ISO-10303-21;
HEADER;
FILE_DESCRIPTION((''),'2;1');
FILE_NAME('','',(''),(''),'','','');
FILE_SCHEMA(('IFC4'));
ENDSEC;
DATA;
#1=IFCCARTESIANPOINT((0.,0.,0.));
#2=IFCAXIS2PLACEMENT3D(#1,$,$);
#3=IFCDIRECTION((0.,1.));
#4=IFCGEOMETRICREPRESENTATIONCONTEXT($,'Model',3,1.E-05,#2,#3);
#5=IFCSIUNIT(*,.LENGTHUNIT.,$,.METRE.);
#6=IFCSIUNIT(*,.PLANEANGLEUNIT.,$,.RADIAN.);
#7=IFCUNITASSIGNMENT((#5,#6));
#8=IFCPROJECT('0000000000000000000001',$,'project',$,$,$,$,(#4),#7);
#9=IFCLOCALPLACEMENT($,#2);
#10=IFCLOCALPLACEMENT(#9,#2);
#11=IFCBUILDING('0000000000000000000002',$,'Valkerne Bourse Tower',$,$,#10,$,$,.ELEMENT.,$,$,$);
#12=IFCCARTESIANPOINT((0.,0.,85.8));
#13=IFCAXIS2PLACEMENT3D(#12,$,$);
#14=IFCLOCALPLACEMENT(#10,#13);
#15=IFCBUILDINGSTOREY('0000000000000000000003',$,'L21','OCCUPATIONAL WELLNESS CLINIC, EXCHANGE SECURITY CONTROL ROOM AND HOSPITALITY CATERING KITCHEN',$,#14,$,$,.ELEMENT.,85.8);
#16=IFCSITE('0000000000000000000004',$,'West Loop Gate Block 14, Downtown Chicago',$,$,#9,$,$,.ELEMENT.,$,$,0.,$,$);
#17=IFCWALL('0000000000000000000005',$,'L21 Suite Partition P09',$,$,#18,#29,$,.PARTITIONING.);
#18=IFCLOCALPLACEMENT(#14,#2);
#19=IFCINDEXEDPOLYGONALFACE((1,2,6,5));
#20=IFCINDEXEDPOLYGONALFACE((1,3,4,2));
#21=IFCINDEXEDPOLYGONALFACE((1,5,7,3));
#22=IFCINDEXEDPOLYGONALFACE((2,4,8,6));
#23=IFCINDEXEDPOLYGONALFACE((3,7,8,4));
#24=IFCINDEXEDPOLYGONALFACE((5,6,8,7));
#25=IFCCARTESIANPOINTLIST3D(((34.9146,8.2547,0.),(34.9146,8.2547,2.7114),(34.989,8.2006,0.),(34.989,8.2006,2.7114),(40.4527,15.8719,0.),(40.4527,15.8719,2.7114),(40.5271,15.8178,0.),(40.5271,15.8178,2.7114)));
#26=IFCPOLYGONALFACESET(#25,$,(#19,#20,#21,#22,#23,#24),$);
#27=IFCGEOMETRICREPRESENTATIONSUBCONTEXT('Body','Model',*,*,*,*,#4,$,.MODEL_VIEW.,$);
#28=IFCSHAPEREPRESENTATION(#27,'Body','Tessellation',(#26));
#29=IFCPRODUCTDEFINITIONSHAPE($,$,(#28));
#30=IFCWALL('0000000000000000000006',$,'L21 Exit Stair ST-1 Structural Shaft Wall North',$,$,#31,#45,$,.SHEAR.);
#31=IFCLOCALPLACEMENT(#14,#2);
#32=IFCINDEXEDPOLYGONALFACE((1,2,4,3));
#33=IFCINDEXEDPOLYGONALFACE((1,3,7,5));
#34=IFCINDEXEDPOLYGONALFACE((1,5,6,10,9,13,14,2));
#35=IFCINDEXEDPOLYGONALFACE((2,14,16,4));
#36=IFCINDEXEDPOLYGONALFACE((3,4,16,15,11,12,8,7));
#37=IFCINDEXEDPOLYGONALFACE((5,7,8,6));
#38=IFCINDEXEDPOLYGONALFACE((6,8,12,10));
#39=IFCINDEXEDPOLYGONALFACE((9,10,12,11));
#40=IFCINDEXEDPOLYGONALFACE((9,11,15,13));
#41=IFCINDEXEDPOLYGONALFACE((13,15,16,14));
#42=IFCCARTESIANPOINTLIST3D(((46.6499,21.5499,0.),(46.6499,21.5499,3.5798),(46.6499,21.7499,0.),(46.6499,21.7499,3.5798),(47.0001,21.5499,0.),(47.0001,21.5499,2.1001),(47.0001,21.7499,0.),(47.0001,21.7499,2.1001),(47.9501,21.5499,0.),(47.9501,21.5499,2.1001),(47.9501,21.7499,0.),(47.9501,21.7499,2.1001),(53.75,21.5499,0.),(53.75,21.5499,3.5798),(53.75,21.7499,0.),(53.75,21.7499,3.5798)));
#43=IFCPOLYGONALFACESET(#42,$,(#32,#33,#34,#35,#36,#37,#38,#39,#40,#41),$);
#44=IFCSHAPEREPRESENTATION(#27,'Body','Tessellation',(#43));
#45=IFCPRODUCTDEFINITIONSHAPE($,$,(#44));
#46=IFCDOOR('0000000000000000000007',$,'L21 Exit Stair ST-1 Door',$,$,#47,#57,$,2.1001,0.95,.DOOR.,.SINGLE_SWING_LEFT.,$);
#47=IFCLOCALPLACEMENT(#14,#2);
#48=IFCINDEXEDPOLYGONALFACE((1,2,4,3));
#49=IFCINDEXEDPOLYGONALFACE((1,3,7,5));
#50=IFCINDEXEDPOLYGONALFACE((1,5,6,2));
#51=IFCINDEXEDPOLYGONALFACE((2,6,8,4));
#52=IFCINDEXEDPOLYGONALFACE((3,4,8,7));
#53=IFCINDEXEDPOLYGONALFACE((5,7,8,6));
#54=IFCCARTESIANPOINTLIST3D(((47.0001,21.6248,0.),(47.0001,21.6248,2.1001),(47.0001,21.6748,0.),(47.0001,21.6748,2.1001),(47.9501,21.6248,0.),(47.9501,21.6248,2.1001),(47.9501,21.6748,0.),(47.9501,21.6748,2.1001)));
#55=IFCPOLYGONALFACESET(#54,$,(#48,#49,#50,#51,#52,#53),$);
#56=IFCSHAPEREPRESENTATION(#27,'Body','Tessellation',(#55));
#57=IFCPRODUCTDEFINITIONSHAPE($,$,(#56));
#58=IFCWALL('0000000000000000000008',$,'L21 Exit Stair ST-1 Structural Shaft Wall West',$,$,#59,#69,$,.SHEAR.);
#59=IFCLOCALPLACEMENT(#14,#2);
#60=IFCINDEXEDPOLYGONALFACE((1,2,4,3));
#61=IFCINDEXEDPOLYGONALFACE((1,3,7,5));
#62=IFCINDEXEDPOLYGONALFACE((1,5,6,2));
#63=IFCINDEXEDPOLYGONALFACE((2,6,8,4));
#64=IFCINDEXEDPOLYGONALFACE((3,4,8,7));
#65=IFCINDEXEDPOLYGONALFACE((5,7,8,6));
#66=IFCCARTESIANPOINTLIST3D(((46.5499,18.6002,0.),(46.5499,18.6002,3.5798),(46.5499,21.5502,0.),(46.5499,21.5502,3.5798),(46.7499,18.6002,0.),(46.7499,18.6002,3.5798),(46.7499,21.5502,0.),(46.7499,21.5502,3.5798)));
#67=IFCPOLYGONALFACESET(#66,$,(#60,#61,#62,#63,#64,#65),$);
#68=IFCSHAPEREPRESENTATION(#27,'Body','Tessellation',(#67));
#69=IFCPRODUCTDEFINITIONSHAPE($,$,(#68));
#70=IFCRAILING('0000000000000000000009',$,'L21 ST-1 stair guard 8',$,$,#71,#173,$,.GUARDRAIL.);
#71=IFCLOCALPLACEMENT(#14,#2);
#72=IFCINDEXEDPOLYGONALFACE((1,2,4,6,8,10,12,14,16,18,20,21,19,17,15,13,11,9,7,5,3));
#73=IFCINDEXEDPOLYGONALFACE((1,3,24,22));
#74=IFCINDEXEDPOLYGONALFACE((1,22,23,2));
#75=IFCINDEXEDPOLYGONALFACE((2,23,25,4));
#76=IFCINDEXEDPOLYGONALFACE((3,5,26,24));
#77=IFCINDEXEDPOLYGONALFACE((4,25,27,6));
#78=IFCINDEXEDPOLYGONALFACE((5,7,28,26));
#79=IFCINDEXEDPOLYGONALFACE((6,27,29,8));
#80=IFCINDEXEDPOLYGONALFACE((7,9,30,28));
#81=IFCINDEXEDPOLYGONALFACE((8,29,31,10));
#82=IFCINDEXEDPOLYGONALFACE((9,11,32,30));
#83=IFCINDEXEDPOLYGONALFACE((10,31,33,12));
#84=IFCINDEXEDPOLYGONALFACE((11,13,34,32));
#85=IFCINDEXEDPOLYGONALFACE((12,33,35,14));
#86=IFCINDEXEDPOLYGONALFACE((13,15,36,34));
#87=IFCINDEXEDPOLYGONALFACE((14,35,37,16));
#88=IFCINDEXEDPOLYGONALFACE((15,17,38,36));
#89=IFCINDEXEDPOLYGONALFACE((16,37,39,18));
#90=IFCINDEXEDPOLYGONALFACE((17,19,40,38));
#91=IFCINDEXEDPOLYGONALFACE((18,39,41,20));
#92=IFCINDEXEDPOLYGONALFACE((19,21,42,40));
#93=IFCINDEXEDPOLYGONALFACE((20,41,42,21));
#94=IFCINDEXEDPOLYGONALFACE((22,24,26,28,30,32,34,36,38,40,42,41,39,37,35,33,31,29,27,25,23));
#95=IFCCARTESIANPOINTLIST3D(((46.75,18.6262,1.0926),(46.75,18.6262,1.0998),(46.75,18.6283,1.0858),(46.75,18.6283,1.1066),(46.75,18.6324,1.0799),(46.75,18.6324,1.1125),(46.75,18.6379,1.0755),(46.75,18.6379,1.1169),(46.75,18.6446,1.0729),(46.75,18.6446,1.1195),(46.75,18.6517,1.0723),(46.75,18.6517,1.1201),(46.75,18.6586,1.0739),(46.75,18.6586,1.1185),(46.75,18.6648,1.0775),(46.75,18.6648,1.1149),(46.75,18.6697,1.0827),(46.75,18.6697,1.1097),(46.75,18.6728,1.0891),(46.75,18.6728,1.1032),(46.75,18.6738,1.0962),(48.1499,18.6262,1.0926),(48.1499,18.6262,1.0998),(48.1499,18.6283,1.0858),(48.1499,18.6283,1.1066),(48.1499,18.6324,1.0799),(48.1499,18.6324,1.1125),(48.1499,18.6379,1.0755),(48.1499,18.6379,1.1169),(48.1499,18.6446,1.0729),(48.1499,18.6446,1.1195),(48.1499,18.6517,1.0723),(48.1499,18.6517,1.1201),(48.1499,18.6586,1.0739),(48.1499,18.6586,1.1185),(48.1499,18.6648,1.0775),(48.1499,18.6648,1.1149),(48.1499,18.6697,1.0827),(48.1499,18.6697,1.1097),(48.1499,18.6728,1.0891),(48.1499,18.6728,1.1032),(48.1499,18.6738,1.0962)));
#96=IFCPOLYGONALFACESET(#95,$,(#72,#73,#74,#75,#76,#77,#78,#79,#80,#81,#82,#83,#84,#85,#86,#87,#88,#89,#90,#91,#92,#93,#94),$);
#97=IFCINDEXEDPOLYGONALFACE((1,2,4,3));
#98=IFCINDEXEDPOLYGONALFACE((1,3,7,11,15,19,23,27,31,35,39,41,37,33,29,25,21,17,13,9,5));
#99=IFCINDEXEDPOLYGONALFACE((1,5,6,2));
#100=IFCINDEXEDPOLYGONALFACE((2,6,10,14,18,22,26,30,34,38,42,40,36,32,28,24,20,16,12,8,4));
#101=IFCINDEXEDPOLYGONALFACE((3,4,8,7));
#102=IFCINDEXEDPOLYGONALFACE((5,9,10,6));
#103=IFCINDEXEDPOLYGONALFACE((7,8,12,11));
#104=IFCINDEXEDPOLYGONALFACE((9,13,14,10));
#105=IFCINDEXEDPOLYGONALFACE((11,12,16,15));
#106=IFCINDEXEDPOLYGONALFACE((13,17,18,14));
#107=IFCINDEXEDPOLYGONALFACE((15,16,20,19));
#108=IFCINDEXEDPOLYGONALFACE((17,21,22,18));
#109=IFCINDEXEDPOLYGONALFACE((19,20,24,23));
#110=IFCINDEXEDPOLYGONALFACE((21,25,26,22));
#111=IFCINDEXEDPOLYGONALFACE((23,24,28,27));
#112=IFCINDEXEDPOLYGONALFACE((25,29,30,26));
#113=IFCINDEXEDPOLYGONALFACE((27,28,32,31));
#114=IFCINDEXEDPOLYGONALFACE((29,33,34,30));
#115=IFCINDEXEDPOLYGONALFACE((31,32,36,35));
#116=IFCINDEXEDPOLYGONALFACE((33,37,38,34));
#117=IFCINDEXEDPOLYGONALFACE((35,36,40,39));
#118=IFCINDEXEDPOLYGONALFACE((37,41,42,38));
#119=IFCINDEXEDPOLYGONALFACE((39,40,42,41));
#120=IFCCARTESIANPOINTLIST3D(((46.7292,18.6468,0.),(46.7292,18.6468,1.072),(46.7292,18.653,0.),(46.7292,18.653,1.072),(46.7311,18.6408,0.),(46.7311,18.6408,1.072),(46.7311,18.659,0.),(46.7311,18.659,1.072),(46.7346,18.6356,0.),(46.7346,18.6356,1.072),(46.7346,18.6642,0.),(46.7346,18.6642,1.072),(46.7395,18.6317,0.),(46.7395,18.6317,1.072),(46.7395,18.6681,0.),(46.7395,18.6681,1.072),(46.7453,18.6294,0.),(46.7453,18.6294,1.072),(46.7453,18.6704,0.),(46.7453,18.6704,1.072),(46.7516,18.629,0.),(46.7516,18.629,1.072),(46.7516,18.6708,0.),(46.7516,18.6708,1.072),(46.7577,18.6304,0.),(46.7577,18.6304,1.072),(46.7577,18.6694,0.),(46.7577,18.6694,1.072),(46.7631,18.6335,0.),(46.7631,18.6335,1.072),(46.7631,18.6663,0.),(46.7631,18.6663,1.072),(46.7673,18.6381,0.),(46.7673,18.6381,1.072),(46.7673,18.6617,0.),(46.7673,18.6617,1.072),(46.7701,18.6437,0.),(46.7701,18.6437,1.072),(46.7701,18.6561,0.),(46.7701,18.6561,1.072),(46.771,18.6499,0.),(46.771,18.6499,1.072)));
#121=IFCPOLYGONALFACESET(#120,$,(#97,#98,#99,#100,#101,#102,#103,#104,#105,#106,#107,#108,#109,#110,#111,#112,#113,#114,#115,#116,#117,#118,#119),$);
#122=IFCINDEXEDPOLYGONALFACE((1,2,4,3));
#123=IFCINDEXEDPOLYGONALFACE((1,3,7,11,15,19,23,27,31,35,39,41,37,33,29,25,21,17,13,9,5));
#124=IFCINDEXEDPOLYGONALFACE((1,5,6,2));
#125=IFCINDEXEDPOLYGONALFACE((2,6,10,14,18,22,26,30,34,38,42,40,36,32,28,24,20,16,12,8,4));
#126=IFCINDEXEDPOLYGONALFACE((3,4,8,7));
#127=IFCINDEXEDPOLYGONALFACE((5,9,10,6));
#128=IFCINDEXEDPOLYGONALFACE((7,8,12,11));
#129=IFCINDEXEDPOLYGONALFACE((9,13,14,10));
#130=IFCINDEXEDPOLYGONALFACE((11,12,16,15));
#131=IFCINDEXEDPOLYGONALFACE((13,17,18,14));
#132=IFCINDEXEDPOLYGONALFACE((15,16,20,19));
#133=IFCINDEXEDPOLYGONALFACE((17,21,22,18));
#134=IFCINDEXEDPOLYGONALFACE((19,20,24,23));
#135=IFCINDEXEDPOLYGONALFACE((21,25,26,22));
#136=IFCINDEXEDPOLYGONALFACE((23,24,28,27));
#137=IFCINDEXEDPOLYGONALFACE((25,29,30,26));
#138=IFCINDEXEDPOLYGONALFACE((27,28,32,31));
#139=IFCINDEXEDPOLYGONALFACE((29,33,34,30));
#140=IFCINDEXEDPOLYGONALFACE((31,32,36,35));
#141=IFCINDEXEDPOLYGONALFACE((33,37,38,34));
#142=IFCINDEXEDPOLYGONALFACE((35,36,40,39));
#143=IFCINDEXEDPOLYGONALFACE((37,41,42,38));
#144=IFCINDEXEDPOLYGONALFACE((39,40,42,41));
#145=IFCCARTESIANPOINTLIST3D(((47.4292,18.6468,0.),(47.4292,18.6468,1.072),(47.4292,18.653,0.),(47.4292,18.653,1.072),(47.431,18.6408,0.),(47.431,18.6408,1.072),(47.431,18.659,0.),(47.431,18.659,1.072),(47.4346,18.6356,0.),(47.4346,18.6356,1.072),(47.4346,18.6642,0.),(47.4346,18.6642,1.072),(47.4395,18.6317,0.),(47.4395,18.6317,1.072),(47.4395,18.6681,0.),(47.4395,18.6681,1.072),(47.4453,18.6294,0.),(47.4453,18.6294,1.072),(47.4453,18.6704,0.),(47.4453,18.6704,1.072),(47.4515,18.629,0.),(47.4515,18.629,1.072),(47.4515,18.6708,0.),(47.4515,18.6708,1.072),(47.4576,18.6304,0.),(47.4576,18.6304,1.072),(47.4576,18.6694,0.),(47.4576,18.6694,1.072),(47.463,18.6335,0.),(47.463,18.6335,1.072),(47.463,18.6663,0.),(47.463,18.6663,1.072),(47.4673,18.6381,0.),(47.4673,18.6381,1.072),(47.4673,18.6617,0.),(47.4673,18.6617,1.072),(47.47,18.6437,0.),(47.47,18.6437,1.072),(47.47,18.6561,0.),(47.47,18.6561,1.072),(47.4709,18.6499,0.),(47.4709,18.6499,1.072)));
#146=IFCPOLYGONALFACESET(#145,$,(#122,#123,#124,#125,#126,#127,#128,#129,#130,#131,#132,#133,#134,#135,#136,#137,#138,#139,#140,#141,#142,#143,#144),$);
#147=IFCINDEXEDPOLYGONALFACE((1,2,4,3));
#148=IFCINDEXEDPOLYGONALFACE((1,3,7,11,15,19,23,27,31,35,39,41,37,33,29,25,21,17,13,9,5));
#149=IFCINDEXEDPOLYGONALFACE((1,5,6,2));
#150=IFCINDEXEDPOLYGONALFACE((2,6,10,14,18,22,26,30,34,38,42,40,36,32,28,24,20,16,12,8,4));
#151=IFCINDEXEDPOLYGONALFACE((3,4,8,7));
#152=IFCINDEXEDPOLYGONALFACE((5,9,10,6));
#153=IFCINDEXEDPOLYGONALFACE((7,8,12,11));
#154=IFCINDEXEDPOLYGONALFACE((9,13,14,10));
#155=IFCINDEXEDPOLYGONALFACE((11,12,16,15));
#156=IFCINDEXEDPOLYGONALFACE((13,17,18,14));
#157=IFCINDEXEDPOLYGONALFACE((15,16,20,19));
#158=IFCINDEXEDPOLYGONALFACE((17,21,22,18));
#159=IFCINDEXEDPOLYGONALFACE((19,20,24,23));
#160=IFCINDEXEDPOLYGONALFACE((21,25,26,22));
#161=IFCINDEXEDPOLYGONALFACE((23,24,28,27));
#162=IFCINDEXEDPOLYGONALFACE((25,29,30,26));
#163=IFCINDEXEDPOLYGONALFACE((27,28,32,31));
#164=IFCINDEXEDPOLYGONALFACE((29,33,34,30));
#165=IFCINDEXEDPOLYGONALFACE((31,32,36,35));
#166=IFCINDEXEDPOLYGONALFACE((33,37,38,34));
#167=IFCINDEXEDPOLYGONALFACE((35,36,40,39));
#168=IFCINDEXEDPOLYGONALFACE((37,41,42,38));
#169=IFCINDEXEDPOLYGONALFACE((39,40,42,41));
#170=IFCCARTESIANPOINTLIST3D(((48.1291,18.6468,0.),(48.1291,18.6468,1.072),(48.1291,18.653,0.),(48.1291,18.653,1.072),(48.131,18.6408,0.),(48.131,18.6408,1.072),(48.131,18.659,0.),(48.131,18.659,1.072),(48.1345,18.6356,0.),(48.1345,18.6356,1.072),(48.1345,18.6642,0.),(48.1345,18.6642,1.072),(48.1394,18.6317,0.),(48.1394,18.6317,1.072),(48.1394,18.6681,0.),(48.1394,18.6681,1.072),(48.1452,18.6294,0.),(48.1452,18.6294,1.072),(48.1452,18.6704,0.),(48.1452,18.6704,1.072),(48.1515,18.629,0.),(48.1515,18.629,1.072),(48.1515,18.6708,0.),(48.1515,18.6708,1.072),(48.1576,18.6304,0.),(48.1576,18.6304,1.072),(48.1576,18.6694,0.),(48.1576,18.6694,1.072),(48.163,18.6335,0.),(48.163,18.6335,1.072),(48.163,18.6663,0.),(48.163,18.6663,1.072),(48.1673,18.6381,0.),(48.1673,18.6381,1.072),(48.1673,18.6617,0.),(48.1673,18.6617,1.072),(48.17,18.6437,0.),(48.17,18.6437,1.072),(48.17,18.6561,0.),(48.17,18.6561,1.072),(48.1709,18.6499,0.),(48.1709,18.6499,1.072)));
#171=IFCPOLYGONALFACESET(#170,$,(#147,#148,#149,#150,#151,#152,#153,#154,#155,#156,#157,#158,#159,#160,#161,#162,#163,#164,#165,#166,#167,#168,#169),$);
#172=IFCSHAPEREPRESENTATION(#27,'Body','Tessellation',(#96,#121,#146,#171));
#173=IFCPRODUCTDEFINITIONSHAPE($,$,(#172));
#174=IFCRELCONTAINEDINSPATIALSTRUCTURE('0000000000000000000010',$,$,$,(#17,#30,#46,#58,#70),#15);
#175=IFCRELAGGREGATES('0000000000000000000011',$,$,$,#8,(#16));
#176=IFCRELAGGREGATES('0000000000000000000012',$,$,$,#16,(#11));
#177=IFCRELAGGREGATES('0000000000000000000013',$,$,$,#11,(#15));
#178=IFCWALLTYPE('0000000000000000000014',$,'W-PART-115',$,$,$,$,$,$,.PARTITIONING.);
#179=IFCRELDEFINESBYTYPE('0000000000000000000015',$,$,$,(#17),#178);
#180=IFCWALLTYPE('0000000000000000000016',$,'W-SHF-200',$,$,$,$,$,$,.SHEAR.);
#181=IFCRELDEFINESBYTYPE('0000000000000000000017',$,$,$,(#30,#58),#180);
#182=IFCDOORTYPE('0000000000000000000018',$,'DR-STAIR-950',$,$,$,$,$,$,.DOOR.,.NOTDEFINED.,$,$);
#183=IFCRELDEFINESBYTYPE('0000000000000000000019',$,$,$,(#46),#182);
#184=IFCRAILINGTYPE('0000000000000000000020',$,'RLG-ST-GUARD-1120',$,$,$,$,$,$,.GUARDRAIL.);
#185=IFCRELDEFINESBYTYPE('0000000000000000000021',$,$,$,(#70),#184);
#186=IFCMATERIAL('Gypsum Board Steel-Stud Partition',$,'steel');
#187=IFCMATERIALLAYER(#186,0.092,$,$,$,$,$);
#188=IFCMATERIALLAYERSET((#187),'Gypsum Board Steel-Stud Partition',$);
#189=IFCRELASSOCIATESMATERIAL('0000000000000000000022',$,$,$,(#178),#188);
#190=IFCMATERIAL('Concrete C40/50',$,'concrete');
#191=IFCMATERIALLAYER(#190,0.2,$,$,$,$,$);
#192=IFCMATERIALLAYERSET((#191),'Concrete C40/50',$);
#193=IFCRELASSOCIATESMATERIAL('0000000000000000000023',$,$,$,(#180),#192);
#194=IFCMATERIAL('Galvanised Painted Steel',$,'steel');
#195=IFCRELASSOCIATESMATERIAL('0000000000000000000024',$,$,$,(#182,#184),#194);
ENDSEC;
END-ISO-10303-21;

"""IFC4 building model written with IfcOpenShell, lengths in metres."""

from ifc_helpers import new_model, si_unit, direction, frame, frame_2d, origin, origin_2d, place, context, subcontext, project, spatial, rectangle, circle, extrude, material, layer, layer_set, type_object, element, fill, save


model = new_model("IFC4")

# Units and contexts
model_context = context("Model", 3, precision=1e-05, world=origin(), true_north=direction((0.0, 1.0)))
body_context = subcontext(model_context, "Body", "Model", "MODEL_VIEW")
ifc_project = project(units=[si_unit("LENGTHUNIT", "METRE"), si_unit("PLANEANGLEUNIT", "RADIAN")], contexts=[model_context])

# Site, building, storey
site_placement = place(None, origin())
site = spatial("IfcSite", under=ifc_project, at=site_placement, Name="West Loop Gate Block 14, Downtown Chicago", CompositionType="ELEMENT", RefElevation=0.0)
building_placement = place(site_placement, origin())
building = spatial("IfcBuilding", under=site, at=building_placement, Name="Valkerne Bourse Tower", CompositionType="ELEMENT")
storey_placement = place(building_placement, frame((0.0, 0.0, 85.8)))
storey = spatial("IfcBuildingStorey", under=building, at=storey_placement, Name="L21", Description="OCCUPATIONAL WELLNESS CLINIC, EXCHANGE SECURITY CONTROL ROOM AND HOSPITALITY CATERING KITCHEN", CompositionType="ELEMENT", Elevation=85.8)

# Shared definitions
ifc_material_1 = material(Name="Galvanised Painted Steel", Category="steel")

# Wall
ifc_material_2 = material(Name="Gypsum Board Steel-Stud Partition", Category="steel")
ifc_layer_1 = layer(ifc_material_2, 0.092)
ifc_layer_set_1 = layer_set([ifc_layer_1], Name="Gypsum Board Steel-Stud Partition")
wall_type_1 = type_object("IfcWallType", Name="W-PART-115", PredefinedType="PARTITIONING", material=ifc_layer_set_1)
wall_1_placement = place(storey_placement, frame((40.49, 15.845, 0.0), z_axis=(0.0, 0.0, 1.0), x_axis=(-0.588055, -0.808821, 0.0)))
element("IfcWall", 1, at=wall_1_placement, inside=storey, type_object=wall_type_1, Name="L21 Suite Partition P09", PredefinedType="PARTITIONING", context=body_context, shape_type="SweptSolid", body=[
    extrude(rectangle(XDim=9.4177, YDim=0.092, at=frame_2d((4.709, 0.0))), origin(), (0.0, 0.0, 1.0), 2.7114),
])

# Wall, opening, door
ifc_material_3 = material(Name="Concrete C40/50", Category="concrete")
ifc_layer_2 = layer(ifc_material_3, 0.2)
ifc_layer_set_2 = layer_set([ifc_layer_2], Name="Concrete C40/50")
wall_type_2 = type_object("IfcWallType", Name="W-SHF-200", PredefinedType="SHEAR", material=ifc_layer_set_2)
wall_2_placement = place(storey_placement, frame((46.6499, 21.6499, 0.0), z_axis=(0.0, 0.0, 1.0), x_axis=(1.0, 0.0, 0.0)))
wall_2 = element("IfcWall", 2, at=wall_2_placement, inside=storey, type_object=wall_type_2, Name="L21 Exit Stair ST-1 Structural Shaft Wall North", PredefinedType="SHEAR", context=body_context, shape_type="SweptSolid", body=[
    extrude(rectangle(XDim=7.1001, YDim=0.2, at=frame_2d((3.55, 0.0))), origin(), (0.0, 0.0, 1.0), 3.5798),
])
opening_1_placement = place(wall_2_placement, frame((0.3501, 0.0, 0.0)))
opening_1 = element("IfcOpeningElement", 3, at=opening_1_placement, cuts=wall_2, PredefinedType="OPENING", context=body_context, shape_type="SweptSolid", body=[
    extrude(rectangle(XDim=0.95, YDim=2.1001, at=frame_2d((0.4751, 1.05))), frame((0.0, 0.1099, 0.0), z_axis=(0.0, -1.0, 0.0), x_axis=(1.0, 0.0, 0.0)), (0.0, 0.0, 1.0), 0.22),
])
door_type_1 = type_object("IfcDoorType", Name="DR-STAIR-950", OperationType="NOTDEFINED", PredefinedType="DOOR", material=ifc_material_1)
door_1_placement = place(opening_1_placement, origin())
door_1 = element("IfcDoor", 4, at=door_1_placement, inside=storey, type_object=door_type_1, Name="L21 Exit Stair ST-1 Door", OperationType="SINGLE_SWING_LEFT", OverallHeight=2.1001, OverallWidth=0.95, PredefinedType="DOOR", context=body_context, shape_type="SweptSolid", body=[
    extrude(rectangle(XDim=0.95, YDim=2.1001, at=frame_2d((0.4751, 1.05))), frame((0.0, 0.0249, 0.0), z_axis=(0.0, -1.0, 0.0), x_axis=(1.0, 0.0, 0.0)), (0.0, 0.0, 1.0), 0.05),
])
fill(opening_1, door_1)

# Wall
wall_3_placement = place(storey_placement, frame((46.6499, 18.6001, 0.0), z_axis=(0.0, 0.0, 1.0), x_axis=(0.0, 1.0, 0.0)))
element("IfcWall", 5, at=wall_3_placement, inside=storey, type_object=wall_type_2, Name="L21 Exit Stair ST-1 Structural Shaft Wall West", PredefinedType="SHEAR", context=body_context, shape_type="SweptSolid", body=[
    extrude(rectangle(XDim=2.95, YDim=0.2, at=frame_2d((1.4751, 0.0))), origin(), (0.0, 0.0, 1.0), 3.5798),
])

# Railing
railing_type = type_object("IfcRailingType", Name="RLG-ST-GUARD-1120", PredefinedType="GUARDRAIL", material=ifc_material_1)
for number, where, name in (
    (6, (46.75, 18.6499, 0.0), "L21 ST-1 stair guard 8"),
):
    element("IfcRailing", number, at=place(storey_placement, frame(where)), inside=storey, type_object=railing_type, Name=name, PredefinedType="GUARDRAIL", context=body_context, shape_type="SweptSolid", body=[
        extrude(circle(Radius=0.0239, at=origin_2d()), frame((0.0, 0.0, 1.0962), z_axis=(1.0, 0.0, 0.0), x_axis=(0.0, 1.0, 0.0)), (0.0, 0.0, 1.0), 1.3999),
        extrude(circle(Radius=0.021, at=origin_2d()), origin(), (0.0, 0.0, 1.0), 1.072),
        extrude(circle(Radius=0.021, at=origin_2d()), frame((0.7, 0.0, 0.0)), (0.0, 0.0, 1.0), 1.072),
        extrude(circle(Radius=0.021, at=origin_2d()), frame((1.3999, 0.0, 0.0)), (0.0, 0.0, 1.0), 1.072),
    ])

save(model, "model.ifc")
